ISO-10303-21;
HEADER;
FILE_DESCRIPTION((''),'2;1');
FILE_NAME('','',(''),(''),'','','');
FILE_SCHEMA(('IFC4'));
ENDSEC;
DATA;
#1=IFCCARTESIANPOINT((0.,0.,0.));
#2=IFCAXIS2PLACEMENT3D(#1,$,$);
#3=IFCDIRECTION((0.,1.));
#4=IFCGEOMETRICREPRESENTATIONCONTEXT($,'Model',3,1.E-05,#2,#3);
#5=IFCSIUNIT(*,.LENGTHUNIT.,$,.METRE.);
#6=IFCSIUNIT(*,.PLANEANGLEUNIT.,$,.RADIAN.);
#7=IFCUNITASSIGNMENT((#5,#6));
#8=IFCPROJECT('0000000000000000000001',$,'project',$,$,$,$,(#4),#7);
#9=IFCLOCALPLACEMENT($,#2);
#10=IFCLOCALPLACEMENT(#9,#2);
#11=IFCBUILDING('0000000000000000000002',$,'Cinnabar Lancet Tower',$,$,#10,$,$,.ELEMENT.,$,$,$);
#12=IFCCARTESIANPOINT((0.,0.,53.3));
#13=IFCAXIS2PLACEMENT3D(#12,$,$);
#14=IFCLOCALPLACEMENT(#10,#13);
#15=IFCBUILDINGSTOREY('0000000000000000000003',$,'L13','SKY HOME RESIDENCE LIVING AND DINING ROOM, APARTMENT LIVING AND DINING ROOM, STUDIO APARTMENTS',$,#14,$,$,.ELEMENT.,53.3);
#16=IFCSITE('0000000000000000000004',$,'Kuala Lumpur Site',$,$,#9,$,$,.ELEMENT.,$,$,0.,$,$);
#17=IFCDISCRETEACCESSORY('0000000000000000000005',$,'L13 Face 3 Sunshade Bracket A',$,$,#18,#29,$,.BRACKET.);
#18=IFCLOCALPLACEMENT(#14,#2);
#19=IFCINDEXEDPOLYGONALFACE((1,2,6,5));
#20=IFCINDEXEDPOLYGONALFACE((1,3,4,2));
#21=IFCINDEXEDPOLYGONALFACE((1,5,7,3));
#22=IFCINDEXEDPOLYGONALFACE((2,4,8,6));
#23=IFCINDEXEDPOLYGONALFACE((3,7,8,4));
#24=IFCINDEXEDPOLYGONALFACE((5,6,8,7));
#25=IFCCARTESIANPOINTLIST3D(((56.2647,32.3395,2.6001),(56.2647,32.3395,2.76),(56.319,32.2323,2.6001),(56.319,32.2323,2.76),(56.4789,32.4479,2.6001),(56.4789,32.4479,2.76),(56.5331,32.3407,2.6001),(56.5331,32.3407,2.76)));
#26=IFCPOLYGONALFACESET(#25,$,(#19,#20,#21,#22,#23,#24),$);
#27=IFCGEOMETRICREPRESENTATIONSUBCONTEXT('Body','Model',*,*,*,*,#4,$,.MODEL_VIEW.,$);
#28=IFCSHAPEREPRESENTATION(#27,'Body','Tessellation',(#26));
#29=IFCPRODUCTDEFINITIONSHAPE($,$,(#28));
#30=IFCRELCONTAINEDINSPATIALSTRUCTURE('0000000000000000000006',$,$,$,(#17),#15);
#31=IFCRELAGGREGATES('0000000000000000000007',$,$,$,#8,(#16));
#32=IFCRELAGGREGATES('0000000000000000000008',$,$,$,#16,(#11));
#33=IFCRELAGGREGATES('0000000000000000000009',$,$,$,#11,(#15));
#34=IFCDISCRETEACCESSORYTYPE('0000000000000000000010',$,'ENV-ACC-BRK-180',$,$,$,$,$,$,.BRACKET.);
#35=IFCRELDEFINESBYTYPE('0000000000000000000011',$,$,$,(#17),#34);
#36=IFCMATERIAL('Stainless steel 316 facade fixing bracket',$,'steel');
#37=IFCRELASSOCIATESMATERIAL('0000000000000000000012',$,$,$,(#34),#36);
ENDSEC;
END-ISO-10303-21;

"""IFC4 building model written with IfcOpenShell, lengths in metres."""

from ifc_helpers import new_model, si_unit, direction, frame, origin, origin_2d, place, context, subcontext, project, spatial, rectangle, extrude, material, type_object, element, save


model = new_model("IFC4")

# Units and contexts
model_context = context("Model", 3, precision=1e-05, world=origin(), true_north=direction((0.0, 1.0)))
body_context = subcontext(model_context, "Body", "Model", "MODEL_VIEW")
ifc_project = project(units=[si_unit("LENGTHUNIT", "METRE"), si_unit("PLANEANGLEUNIT", "RADIAN")], contexts=[model_context])

# Site, building, storey
site_placement = place(None, origin())
site = spatial("IfcSite", under=ifc_project, at=site_placement, Name="Kuala Lumpur Site", CompositionType="ELEMENT", RefElevation=0.0)
building_placement = place(site_placement, origin())
building = spatial("IfcBuilding", under=site, at=building_placement, Name="Cinnabar Lancet Tower", CompositionType="ELEMENT")
storey_placement = place(building_placement, frame((0.0, 0.0, 53.3)))
storey = spatial("IfcBuildingStorey", under=building, at=storey_placement, Name="L13", Description="SKY HOME RESIDENCE LIVING AND DINING ROOM, APARTMENT LIVING AND DINING ROOM, STUDIO APARTMENTS", CompositionType="ELEMENT", Elevation=53.3)

# Discrete accessory
ifc_material_1 = material(Name="Stainless steel 316 facade fixing bracket", Category="steel")
discrete_accessory_type = type_object("IfcDiscreteAccessoryType", Name="ENV-ACC-BRK-180", PredefinedType="BRACKET", material=ifc_material_1)
discrete_accessory_placement = place(storey_placement, frame((56.3989, 32.3401, 2.6001), z_axis=(0.0, 0.0, 1.0), x_axis=(-0.451501, 0.892271, 0.0)))
element("IfcDiscreteAccessory", 1, at=discrete_accessory_placement, inside=storey, type_object=discrete_accessory_type, Name="L13 Face 3 Sunshade Bracket A", PredefinedType="BRACKET", context=body_context, shape_type="SweptSolid", body=[
    extrude(rectangle(XDim=0.1201, YDim=0.24, at=origin_2d()), origin(), (0.0, 0.0, 1.0), 0.1599),
])

save(model, "model.ifc")
